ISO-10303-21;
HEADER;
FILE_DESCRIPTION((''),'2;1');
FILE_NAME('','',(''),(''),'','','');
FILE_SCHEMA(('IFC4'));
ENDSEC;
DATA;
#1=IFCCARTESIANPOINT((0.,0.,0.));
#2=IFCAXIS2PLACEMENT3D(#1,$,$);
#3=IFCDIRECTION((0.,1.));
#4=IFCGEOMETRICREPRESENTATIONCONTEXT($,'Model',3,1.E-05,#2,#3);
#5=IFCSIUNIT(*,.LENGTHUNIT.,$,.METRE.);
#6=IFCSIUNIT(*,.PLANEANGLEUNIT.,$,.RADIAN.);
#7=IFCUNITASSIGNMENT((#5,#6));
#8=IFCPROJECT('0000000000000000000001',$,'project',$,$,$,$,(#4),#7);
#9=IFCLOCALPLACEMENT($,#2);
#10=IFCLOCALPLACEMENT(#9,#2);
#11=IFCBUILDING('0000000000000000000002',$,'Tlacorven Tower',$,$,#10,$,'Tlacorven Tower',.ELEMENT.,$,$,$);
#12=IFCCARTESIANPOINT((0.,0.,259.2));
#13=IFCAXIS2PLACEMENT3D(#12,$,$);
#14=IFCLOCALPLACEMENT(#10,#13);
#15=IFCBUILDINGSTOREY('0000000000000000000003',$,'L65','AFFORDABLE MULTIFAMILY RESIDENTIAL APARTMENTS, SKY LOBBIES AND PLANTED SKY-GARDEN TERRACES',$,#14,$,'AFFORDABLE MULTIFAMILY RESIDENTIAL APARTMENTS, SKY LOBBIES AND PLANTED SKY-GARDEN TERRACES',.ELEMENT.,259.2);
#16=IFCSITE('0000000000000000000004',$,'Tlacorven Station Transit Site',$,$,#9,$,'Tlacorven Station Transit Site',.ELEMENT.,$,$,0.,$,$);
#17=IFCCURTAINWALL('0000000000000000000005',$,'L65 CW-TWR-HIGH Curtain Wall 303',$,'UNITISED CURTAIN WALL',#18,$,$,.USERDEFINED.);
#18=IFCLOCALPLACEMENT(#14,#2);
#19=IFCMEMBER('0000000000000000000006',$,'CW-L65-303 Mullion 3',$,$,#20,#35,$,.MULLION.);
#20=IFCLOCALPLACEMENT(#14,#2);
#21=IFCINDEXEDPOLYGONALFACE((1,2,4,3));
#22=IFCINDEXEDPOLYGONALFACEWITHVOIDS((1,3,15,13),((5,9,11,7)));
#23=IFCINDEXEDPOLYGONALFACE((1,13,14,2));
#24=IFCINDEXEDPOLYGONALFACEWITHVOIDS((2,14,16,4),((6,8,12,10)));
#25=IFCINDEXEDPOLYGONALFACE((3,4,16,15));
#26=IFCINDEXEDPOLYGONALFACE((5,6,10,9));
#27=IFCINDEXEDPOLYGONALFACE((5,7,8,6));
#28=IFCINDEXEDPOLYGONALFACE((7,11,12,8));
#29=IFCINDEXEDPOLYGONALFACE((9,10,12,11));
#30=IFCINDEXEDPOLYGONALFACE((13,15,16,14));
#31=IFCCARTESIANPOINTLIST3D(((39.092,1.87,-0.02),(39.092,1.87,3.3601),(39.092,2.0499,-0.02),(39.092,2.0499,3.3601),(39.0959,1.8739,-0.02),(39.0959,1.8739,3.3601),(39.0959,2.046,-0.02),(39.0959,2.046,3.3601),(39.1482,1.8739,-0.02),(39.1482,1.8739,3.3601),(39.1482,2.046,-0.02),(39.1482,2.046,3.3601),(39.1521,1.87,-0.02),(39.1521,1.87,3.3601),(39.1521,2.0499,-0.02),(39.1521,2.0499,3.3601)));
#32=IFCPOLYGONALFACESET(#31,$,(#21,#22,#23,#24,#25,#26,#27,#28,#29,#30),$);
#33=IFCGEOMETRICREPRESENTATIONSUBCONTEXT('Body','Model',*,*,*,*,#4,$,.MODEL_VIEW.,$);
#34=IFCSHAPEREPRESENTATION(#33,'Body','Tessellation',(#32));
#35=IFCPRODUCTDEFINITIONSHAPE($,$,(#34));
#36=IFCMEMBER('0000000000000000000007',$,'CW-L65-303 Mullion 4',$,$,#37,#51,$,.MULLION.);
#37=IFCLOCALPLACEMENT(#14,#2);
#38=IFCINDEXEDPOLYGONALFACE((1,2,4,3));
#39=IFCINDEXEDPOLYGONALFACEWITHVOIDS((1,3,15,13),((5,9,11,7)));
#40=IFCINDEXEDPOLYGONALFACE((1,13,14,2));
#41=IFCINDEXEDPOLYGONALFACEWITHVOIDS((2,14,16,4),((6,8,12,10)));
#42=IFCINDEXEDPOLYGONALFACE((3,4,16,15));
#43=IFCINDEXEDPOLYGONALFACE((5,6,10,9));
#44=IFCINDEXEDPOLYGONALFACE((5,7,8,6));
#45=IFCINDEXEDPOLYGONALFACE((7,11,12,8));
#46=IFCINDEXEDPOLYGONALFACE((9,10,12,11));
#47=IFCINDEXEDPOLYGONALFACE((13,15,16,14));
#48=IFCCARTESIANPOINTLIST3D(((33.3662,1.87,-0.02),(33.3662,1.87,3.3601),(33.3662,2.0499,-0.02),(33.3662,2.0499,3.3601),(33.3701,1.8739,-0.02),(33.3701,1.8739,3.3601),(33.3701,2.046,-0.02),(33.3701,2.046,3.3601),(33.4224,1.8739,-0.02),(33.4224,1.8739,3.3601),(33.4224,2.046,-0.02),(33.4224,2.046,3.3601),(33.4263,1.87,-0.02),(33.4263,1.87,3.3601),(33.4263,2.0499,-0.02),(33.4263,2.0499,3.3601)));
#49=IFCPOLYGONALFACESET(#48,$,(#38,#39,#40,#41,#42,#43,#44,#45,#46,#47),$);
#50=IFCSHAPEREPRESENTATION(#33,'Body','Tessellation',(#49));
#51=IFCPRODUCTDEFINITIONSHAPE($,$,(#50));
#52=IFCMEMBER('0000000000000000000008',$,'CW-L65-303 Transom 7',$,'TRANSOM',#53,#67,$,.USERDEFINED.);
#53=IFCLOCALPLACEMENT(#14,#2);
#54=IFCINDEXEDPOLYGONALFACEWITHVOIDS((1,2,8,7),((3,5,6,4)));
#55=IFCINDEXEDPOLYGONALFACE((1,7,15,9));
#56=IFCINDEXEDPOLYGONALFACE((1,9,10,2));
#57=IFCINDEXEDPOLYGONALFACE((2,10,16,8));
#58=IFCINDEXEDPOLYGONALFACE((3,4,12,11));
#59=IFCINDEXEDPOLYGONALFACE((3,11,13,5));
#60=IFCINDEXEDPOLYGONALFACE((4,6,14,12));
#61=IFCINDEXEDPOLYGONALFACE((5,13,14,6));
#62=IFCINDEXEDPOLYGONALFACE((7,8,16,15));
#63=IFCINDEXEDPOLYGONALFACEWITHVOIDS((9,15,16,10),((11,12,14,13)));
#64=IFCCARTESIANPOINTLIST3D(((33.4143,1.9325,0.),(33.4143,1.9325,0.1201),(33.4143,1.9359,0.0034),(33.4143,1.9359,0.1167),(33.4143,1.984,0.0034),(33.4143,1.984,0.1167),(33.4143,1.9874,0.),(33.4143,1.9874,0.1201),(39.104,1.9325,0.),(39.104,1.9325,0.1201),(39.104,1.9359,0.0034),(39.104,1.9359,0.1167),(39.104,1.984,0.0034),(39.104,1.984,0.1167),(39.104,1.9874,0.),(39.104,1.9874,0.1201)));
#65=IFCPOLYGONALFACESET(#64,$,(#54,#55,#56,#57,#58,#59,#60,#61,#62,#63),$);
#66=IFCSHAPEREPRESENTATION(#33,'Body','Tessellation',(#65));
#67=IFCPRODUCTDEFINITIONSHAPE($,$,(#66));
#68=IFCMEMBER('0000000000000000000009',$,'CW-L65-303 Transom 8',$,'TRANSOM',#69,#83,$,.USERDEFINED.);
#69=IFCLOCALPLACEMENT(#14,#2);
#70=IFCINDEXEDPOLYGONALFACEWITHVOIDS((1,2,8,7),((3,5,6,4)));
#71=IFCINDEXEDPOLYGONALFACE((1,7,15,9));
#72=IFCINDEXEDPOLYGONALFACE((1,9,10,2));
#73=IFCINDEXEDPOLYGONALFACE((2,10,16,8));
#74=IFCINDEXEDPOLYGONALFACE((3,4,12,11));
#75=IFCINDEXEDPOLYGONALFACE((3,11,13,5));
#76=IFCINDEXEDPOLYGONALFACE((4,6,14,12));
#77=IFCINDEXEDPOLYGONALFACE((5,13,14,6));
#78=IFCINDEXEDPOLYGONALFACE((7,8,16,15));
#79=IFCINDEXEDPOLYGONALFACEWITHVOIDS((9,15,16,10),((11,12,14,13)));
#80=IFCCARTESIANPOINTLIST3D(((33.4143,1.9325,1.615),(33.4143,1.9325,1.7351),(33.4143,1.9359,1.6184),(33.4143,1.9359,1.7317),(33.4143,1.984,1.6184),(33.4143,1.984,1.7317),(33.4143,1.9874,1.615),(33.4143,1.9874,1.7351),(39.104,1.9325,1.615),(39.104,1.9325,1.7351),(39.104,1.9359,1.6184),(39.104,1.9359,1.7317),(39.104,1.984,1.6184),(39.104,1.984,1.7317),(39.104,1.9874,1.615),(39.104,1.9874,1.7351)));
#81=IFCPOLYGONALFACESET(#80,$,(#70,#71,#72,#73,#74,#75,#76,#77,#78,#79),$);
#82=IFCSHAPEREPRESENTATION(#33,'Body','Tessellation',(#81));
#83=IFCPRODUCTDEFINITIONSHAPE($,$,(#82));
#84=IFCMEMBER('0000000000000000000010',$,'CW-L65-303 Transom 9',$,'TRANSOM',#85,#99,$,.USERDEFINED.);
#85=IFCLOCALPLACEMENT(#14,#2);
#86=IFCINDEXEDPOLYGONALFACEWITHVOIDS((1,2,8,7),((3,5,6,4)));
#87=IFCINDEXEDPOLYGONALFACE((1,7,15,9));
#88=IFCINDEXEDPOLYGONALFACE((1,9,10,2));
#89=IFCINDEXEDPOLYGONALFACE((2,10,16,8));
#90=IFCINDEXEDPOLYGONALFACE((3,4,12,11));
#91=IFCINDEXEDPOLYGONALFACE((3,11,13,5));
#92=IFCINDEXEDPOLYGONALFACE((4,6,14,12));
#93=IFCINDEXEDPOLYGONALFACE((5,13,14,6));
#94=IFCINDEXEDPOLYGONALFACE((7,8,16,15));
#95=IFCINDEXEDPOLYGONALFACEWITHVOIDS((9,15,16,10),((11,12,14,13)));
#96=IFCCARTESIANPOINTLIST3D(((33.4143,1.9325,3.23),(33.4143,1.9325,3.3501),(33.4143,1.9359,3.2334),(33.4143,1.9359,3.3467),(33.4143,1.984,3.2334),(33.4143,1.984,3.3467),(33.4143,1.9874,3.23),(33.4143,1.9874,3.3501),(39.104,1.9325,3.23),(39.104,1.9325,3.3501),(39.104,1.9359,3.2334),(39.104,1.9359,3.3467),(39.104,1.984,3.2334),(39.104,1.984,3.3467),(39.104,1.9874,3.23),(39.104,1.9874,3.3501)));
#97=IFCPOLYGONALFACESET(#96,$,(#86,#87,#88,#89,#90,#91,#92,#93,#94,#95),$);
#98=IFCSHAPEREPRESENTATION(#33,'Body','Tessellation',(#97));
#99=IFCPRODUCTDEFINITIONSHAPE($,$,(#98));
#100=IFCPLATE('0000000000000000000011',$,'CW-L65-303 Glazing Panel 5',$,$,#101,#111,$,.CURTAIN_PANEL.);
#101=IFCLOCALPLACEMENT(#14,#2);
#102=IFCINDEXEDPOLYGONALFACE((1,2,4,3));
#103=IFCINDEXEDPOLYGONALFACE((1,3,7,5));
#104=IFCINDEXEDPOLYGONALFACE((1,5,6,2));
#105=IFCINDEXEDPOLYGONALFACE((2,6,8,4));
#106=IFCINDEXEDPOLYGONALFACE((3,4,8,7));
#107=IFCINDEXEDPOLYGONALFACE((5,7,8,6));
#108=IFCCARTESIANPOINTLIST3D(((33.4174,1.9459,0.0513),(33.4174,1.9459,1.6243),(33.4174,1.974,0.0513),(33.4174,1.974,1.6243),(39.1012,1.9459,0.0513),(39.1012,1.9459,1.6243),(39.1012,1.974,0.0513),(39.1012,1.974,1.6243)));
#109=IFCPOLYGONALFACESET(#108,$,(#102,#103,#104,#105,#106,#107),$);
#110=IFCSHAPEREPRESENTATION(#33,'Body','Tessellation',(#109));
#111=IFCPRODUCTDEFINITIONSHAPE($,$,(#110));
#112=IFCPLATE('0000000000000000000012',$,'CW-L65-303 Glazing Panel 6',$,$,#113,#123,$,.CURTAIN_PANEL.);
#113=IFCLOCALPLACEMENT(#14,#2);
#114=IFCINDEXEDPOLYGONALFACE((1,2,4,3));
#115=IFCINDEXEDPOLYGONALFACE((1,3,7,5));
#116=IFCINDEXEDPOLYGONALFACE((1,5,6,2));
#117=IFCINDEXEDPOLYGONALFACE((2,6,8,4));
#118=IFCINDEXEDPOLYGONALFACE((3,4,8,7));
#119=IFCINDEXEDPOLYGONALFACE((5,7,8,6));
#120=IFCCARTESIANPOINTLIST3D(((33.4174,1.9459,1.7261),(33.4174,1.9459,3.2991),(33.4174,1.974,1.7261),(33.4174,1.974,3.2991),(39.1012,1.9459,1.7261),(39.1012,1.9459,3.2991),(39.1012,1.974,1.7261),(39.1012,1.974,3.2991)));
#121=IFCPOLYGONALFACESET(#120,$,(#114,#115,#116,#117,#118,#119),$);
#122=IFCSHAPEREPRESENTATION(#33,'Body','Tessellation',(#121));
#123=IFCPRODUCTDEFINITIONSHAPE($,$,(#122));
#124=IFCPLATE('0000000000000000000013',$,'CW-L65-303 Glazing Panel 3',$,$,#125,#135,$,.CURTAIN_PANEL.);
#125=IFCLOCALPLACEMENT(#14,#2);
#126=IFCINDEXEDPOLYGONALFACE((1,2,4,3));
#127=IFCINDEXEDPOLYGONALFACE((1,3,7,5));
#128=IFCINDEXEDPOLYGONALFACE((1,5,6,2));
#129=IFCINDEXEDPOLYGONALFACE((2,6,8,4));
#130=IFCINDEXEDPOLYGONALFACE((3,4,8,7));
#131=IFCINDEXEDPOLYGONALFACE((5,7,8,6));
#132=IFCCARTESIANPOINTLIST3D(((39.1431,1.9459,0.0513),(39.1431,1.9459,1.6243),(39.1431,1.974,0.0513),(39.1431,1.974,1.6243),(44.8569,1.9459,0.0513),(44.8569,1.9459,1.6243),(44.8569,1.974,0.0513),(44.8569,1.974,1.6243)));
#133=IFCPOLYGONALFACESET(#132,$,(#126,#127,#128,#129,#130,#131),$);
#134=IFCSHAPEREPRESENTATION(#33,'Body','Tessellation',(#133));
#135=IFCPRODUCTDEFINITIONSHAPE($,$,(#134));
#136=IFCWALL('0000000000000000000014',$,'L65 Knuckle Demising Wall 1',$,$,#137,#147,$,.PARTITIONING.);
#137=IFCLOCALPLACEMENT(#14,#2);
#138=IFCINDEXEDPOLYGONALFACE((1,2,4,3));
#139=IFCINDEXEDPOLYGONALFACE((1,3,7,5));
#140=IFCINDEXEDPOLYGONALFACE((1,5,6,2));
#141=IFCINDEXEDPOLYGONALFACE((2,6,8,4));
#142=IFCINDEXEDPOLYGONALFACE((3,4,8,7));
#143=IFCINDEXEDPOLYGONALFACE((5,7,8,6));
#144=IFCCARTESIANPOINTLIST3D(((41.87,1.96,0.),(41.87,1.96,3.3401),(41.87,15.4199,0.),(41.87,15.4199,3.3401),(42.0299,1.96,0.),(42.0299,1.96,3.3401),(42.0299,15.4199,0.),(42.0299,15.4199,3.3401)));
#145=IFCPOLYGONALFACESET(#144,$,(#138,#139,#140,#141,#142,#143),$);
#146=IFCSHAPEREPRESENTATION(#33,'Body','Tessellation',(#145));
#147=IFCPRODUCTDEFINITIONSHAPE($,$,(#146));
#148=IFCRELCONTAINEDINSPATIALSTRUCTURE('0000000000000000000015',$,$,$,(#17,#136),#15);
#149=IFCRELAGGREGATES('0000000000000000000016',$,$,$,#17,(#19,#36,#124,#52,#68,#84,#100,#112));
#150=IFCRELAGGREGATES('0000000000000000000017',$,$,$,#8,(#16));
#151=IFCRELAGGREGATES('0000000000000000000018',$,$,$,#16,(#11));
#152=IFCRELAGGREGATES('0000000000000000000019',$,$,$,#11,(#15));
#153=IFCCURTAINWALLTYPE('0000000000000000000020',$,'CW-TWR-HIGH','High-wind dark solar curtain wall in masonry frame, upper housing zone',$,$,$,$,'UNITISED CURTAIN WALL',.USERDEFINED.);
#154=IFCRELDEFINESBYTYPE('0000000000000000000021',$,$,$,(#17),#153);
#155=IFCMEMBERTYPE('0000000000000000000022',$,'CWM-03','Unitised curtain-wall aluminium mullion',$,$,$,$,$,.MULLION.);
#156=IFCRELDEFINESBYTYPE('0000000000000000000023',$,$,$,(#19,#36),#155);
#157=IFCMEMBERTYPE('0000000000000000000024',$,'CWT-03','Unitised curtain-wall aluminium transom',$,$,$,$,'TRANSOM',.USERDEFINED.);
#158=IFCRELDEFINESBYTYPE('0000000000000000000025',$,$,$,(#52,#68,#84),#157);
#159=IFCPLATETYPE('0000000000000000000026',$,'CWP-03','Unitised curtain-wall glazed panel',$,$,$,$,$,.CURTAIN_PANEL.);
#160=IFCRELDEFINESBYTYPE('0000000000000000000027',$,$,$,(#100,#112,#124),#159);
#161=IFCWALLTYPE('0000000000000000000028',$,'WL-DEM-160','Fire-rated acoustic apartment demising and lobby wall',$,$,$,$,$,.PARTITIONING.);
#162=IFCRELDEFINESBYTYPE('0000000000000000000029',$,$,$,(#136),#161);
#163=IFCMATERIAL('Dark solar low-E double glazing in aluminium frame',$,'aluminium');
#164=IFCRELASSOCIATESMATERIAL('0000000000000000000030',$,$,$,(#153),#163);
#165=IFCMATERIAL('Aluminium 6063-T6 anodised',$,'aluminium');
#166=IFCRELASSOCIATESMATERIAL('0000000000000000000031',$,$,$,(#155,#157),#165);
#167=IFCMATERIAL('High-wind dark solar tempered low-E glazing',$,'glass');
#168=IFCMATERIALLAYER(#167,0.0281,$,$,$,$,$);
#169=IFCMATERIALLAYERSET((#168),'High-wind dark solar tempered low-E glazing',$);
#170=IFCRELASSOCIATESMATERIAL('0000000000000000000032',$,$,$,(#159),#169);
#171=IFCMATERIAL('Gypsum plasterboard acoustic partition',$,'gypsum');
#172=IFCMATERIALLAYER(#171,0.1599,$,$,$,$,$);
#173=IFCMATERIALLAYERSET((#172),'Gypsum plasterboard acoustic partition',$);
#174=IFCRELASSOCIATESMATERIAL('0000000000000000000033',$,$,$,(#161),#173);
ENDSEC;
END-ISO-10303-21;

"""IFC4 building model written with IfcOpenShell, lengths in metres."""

from ifc_helpers import new_model, si_unit, direction, frame, frame_2d, origin, origin_2d, place, context, subcontext, project, spatial, rectangle, hollow_rectangle, extrude, source, transform, mapped, material, layer, layer_set, material_profile, profile_set, type_object, element, aggregate, save


model = new_model("IFC4")

# Units and contexts
model_context = context("Model", 3, precision=1e-05, world=origin(), true_north=direction((0.0, 1.0)))
body_context = subcontext(model_context, "Body", "Model", "MODEL_VIEW")
ifc_project = project(units=[si_unit("LENGTHUNIT", "METRE"), si_unit("PLANEANGLEUNIT", "RADIAN")], contexts=[model_context])

# Site, building, storey
site_placement = place(None, origin())
site = spatial("IfcSite", under=ifc_project, at=site_placement, Name="Tlacorven Station Transit Site", LongName="Tlacorven Station Transit Site", CompositionType="ELEMENT", RefElevation=0.0)
building_placement = place(site_placement, origin())
building = spatial("IfcBuilding", under=site, at=building_placement, Name="Tlacorven Tower", LongName="Tlacorven Tower", CompositionType="ELEMENT")
storey_placement = place(building_placement, frame((0.0, 0.0, 259.2)))
storey = spatial("IfcBuildingStorey", under=building, at=storey_placement, Name="L65", Description="AFFORDABLE MULTIFAMILY RESIDENTIAL APARTMENTS, SKY LOBBIES AND PLANTED SKY-GARDEN TERRACES", LongName="AFFORDABLE MULTIFAMILY RESIDENTIAL APARTMENTS, SKY LOBBIES AND PLANTED SKY-GARDEN TERRACES", CompositionType="ELEMENT", Elevation=259.2)

# Curtain wall, members, plates
ifc_material_1 = material(Name="Dark solar low-E double glazing in aluminium frame", Category="aluminium")
curtain_wall_type = type_object("IfcCurtainWallType", Name="CW-TWR-HIGH", Description="High-wind dark solar curtain wall in masonry frame, upper housing zone", ElementType="UNITISED CURTAIN WALL", PredefinedType="USERDEFINED", material=ifc_material_1)
curtain_wall_placement = place(storey_placement, origin())
curtain_wall = element("IfcCurtainWall", 1, at=curtain_wall_placement, inside=storey, type_object=curtain_wall_type, Name="L65 CW-TWR-HIGH Curtain Wall 303", ObjectType="UNITISED CURTAIN WALL", PredefinedType="USERDEFINED")
ifc_material_2 = material(Name="Aluminium 6063-T6 anodised", Category="aluminium")
ifc_material_profile_1 = material_profile(ifc_material_2, hollow_rectangle(XDim=0.0601, YDim=0.1799, WallThickness=0.0039, at=origin_2d()), Name="ALU MULLION 60X180")
ifc_profile_set_1 = profile_set([ifc_material_profile_1], Name="Aluminium 6063-T6 anodised")
member_type_1 = type_object("IfcMemberType", Name="CWM-03", Description="Unitised curtain-wall aluminium mullion", PredefinedType="MULLION", material=ifc_profile_set_1)
shared_shape_1 = source(origin(), body_context, "Body", "SweptSolid", [
    extrude(hollow_rectangle(XDim=0.0601, YDim=0.1799, WallThickness=0.0039, at=origin_2d()), origin(), (0.0, 0.0, 1.0), 3.3801),
])
member_1_placement = place(storey_placement, frame((39.1221, 1.96, -0.02), z_axis=(0.0, 0.0, 1.0), x_axis=(-1.0, 0.0, 0.0)))
member_1 = element("IfcMember", 2, at=member_1_placement, type_object=member_type_1, Name="CW-L65-303 Mullion 3", PredefinedType="MULLION", context=body_context, shape_type="MappedRepresentation", body=[
    mapped(shared_shape_1, transform((0.0, 0.0, 0.0), scale=1.0)),
])
member_2_placement = place(storey_placement, frame((33.3962, 1.96, -0.02), z_axis=(0.0, 0.0, 1.0), x_axis=(-1.0, 0.0, 0.0)))
member_2 = element("IfcMember", 3, at=member_2_placement, type_object=member_type_1, Name="CW-L65-303 Mullion 4", PredefinedType="MULLION", context=body_context, shape_type="MappedRepresentation", body=[
    mapped(shared_shape_1, transform((0.0, 0.0, 0.0), scale=1.0)),
])
ifc_material_profile_2 = material_profile(ifc_material_2, hollow_rectangle(XDim=0.0549, YDim=0.1201, WallThickness=0.0034, at=origin_2d()), Name="ALU TRANSOM 55X120")
ifc_profile_set_2 = profile_set([ifc_material_profile_2], Name="Aluminium 6063-T6 anodised")
member_type_2 = type_object("IfcMemberType", Name="CWT-03", Description="Unitised curtain-wall aluminium transom", ElementType="TRANSOM", PredefinedType="USERDEFINED", material=ifc_profile_set_2)
shared_shape_2 = source(origin(), body_context, "Body", "SweptSolid", [
    extrude(hollow_rectangle(XDim=0.0549, YDim=0.1201, WallThickness=0.0034, at=origin_2d()), origin(), (0.0, 0.0, 1.0), 5.6897),
])
member_3_placement = place(storey_placement, frame((39.104, 1.96, 0.0601), z_axis=(-1.0, 0.0, 0.0), x_axis=(0.0, -1.0, 0.0)))
member_3 = element("IfcMember", 4, at=member_3_placement, type_object=member_type_2, Name="CW-L65-303 Transom 7", ObjectType="TRANSOM", PredefinedType="USERDEFINED", context=body_context, shape_type="MappedRepresentation", body=[
    mapped(shared_shape_2, transform((0.0, 0.0, 0.0), scale=1.0)),
])
member_4_placement = place(storey_placement, frame((39.104, 1.96, 1.675), z_axis=(-1.0, 0.0, 0.0), x_axis=(0.0, -1.0, 0.0)))
member_4 = element("IfcMember", 5, at=member_4_placement, type_object=member_type_2, Name="CW-L65-303 Transom 8", ObjectType="TRANSOM", PredefinedType="USERDEFINED", context=body_context, shape_type="MappedRepresentation", body=[
    mapped(shared_shape_2, transform((0.0, 0.0, 0.0), scale=1.0)),
])
member_5_placement = place(storey_placement, frame((39.104, 1.96, 3.29), z_axis=(-1.0, 0.0, 0.0), x_axis=(0.0, -1.0, 0.0)))
member_5 = element("IfcMember", 6, at=member_5_placement, type_object=member_type_2, Name="CW-L65-303 Transom 9", ObjectType="TRANSOM", PredefinedType="USERDEFINED", context=body_context, shape_type="MappedRepresentation", body=[
    mapped(shared_shape_2, transform((0.0, 0.0, 0.0), scale=1.0)),
])
ifc_material_3 = material(Name="High-wind dark solar tempered low-E glazing", Category="glass")
ifc_layer_1 = layer(ifc_material_3, 0.0281)
ifc_layer_set_1 = layer_set([ifc_layer_1], Name="High-wind dark solar tempered low-E glazing")
plate_type = type_object("IfcPlateType", Name="CWP-03", Description="Unitised curtain-wall glazed panel", PredefinedType="CURTAIN_PANEL", material=ifc_layer_set_1)
shared_shape_3 = source(origin(), body_context, "Body", "SweptSolid", [
    extrude(rectangle(XDim=5.6838, YDim=0.0281, at=origin_2d()), origin(), (0.0, 0.0, 1.0), 1.573),
])
plate_1_placement = place(storey_placement, frame((36.2593, 1.96, 0.0513), z_axis=(0.0, 0.0, 1.0), x_axis=(-1.0, 0.0, 0.0)))
plate_1 = element("IfcPlate", 7, at=plate_1_placement, type_object=plate_type, Name="CW-L65-303 Glazing Panel 5", PredefinedType="CURTAIN_PANEL", context=body_context, shape_type="MappedRepresentation", body=[
    mapped(shared_shape_3, transform((0.0, 0.0, 0.0), scale=1.0)),
])
plate_2_placement = place(storey_placement, frame((36.2593, 1.96, 1.7261), z_axis=(0.0, 0.0, 1.0), x_axis=(-1.0, 0.0, 0.0)))
plate_2 = element("IfcPlate", 8, at=plate_2_placement, type_object=plate_type, Name="CW-L65-303 Glazing Panel 6", PredefinedType="CURTAIN_PANEL", context=body_context, shape_type="MappedRepresentation", body=[
    mapped(shared_shape_3, transform((0.0, 0.0, 0.0), scale=1.0)),
])
shared_shape_4 = source(origin(), body_context, "Body", "SweptSolid", [
    extrude(rectangle(XDim=5.7139, YDim=0.0281, at=origin_2d()), origin(), (0.0, 0.0, 1.0), 1.573),
])
plate_3_placement = place(storey_placement, frame((42.0, 1.96, 0.0513), z_axis=(0.0, 0.0, 1.0), x_axis=(-1.0, 0.0, 0.0)))
plate_3 = element("IfcPlate", 9, at=plate_3_placement, type_object=plate_type, Name="CW-L65-303 Glazing Panel 3", PredefinedType="CURTAIN_PANEL", context=body_context, shape_type="MappedRepresentation", body=[
    mapped(shared_shape_4, transform((0.0, 0.0, 0.0), scale=1.0)),
])
aggregate(curtain_wall, [member_1, member_2, plate_3, member_3, member_4, member_5, plate_1, plate_2])

# Wall
ifc_material_4 = material(Name="Gypsum plasterboard acoustic partition", Category="gypsum")
ifc_layer_2 = layer(ifc_material_4, 0.1599)
ifc_layer_set_2 = layer_set([ifc_layer_2], Name="Gypsum plasterboard acoustic partition")
wall_type_1 = type_object("IfcWallType", Name="WL-DEM-160", Description="Fire-rated acoustic apartment demising and lobby wall", PredefinedType="PARTITIONING", material=ifc_layer_set_2)
wall_1_placement = place(storey_placement, frame((41.95, 1.96, 0.0), z_axis=(0.0, 0.0, 1.0), x_axis=(0.0, 1.0, 0.0)))
element("IfcWall", 10, at=wall_1_placement, inside=storey, type_object=wall_type_1, Name="L65 Knuckle Demising Wall 1", PredefinedType="PARTITIONING", context=body_context, shape_type="SweptSolid", body=[
    extrude(rectangle(XDim=13.46, YDim=0.1599, at=frame_2d((6.73, 0.0))), origin(), (0.0, 0.0, 1.0), 3.3401),
])

save(model, "model.ifc")
